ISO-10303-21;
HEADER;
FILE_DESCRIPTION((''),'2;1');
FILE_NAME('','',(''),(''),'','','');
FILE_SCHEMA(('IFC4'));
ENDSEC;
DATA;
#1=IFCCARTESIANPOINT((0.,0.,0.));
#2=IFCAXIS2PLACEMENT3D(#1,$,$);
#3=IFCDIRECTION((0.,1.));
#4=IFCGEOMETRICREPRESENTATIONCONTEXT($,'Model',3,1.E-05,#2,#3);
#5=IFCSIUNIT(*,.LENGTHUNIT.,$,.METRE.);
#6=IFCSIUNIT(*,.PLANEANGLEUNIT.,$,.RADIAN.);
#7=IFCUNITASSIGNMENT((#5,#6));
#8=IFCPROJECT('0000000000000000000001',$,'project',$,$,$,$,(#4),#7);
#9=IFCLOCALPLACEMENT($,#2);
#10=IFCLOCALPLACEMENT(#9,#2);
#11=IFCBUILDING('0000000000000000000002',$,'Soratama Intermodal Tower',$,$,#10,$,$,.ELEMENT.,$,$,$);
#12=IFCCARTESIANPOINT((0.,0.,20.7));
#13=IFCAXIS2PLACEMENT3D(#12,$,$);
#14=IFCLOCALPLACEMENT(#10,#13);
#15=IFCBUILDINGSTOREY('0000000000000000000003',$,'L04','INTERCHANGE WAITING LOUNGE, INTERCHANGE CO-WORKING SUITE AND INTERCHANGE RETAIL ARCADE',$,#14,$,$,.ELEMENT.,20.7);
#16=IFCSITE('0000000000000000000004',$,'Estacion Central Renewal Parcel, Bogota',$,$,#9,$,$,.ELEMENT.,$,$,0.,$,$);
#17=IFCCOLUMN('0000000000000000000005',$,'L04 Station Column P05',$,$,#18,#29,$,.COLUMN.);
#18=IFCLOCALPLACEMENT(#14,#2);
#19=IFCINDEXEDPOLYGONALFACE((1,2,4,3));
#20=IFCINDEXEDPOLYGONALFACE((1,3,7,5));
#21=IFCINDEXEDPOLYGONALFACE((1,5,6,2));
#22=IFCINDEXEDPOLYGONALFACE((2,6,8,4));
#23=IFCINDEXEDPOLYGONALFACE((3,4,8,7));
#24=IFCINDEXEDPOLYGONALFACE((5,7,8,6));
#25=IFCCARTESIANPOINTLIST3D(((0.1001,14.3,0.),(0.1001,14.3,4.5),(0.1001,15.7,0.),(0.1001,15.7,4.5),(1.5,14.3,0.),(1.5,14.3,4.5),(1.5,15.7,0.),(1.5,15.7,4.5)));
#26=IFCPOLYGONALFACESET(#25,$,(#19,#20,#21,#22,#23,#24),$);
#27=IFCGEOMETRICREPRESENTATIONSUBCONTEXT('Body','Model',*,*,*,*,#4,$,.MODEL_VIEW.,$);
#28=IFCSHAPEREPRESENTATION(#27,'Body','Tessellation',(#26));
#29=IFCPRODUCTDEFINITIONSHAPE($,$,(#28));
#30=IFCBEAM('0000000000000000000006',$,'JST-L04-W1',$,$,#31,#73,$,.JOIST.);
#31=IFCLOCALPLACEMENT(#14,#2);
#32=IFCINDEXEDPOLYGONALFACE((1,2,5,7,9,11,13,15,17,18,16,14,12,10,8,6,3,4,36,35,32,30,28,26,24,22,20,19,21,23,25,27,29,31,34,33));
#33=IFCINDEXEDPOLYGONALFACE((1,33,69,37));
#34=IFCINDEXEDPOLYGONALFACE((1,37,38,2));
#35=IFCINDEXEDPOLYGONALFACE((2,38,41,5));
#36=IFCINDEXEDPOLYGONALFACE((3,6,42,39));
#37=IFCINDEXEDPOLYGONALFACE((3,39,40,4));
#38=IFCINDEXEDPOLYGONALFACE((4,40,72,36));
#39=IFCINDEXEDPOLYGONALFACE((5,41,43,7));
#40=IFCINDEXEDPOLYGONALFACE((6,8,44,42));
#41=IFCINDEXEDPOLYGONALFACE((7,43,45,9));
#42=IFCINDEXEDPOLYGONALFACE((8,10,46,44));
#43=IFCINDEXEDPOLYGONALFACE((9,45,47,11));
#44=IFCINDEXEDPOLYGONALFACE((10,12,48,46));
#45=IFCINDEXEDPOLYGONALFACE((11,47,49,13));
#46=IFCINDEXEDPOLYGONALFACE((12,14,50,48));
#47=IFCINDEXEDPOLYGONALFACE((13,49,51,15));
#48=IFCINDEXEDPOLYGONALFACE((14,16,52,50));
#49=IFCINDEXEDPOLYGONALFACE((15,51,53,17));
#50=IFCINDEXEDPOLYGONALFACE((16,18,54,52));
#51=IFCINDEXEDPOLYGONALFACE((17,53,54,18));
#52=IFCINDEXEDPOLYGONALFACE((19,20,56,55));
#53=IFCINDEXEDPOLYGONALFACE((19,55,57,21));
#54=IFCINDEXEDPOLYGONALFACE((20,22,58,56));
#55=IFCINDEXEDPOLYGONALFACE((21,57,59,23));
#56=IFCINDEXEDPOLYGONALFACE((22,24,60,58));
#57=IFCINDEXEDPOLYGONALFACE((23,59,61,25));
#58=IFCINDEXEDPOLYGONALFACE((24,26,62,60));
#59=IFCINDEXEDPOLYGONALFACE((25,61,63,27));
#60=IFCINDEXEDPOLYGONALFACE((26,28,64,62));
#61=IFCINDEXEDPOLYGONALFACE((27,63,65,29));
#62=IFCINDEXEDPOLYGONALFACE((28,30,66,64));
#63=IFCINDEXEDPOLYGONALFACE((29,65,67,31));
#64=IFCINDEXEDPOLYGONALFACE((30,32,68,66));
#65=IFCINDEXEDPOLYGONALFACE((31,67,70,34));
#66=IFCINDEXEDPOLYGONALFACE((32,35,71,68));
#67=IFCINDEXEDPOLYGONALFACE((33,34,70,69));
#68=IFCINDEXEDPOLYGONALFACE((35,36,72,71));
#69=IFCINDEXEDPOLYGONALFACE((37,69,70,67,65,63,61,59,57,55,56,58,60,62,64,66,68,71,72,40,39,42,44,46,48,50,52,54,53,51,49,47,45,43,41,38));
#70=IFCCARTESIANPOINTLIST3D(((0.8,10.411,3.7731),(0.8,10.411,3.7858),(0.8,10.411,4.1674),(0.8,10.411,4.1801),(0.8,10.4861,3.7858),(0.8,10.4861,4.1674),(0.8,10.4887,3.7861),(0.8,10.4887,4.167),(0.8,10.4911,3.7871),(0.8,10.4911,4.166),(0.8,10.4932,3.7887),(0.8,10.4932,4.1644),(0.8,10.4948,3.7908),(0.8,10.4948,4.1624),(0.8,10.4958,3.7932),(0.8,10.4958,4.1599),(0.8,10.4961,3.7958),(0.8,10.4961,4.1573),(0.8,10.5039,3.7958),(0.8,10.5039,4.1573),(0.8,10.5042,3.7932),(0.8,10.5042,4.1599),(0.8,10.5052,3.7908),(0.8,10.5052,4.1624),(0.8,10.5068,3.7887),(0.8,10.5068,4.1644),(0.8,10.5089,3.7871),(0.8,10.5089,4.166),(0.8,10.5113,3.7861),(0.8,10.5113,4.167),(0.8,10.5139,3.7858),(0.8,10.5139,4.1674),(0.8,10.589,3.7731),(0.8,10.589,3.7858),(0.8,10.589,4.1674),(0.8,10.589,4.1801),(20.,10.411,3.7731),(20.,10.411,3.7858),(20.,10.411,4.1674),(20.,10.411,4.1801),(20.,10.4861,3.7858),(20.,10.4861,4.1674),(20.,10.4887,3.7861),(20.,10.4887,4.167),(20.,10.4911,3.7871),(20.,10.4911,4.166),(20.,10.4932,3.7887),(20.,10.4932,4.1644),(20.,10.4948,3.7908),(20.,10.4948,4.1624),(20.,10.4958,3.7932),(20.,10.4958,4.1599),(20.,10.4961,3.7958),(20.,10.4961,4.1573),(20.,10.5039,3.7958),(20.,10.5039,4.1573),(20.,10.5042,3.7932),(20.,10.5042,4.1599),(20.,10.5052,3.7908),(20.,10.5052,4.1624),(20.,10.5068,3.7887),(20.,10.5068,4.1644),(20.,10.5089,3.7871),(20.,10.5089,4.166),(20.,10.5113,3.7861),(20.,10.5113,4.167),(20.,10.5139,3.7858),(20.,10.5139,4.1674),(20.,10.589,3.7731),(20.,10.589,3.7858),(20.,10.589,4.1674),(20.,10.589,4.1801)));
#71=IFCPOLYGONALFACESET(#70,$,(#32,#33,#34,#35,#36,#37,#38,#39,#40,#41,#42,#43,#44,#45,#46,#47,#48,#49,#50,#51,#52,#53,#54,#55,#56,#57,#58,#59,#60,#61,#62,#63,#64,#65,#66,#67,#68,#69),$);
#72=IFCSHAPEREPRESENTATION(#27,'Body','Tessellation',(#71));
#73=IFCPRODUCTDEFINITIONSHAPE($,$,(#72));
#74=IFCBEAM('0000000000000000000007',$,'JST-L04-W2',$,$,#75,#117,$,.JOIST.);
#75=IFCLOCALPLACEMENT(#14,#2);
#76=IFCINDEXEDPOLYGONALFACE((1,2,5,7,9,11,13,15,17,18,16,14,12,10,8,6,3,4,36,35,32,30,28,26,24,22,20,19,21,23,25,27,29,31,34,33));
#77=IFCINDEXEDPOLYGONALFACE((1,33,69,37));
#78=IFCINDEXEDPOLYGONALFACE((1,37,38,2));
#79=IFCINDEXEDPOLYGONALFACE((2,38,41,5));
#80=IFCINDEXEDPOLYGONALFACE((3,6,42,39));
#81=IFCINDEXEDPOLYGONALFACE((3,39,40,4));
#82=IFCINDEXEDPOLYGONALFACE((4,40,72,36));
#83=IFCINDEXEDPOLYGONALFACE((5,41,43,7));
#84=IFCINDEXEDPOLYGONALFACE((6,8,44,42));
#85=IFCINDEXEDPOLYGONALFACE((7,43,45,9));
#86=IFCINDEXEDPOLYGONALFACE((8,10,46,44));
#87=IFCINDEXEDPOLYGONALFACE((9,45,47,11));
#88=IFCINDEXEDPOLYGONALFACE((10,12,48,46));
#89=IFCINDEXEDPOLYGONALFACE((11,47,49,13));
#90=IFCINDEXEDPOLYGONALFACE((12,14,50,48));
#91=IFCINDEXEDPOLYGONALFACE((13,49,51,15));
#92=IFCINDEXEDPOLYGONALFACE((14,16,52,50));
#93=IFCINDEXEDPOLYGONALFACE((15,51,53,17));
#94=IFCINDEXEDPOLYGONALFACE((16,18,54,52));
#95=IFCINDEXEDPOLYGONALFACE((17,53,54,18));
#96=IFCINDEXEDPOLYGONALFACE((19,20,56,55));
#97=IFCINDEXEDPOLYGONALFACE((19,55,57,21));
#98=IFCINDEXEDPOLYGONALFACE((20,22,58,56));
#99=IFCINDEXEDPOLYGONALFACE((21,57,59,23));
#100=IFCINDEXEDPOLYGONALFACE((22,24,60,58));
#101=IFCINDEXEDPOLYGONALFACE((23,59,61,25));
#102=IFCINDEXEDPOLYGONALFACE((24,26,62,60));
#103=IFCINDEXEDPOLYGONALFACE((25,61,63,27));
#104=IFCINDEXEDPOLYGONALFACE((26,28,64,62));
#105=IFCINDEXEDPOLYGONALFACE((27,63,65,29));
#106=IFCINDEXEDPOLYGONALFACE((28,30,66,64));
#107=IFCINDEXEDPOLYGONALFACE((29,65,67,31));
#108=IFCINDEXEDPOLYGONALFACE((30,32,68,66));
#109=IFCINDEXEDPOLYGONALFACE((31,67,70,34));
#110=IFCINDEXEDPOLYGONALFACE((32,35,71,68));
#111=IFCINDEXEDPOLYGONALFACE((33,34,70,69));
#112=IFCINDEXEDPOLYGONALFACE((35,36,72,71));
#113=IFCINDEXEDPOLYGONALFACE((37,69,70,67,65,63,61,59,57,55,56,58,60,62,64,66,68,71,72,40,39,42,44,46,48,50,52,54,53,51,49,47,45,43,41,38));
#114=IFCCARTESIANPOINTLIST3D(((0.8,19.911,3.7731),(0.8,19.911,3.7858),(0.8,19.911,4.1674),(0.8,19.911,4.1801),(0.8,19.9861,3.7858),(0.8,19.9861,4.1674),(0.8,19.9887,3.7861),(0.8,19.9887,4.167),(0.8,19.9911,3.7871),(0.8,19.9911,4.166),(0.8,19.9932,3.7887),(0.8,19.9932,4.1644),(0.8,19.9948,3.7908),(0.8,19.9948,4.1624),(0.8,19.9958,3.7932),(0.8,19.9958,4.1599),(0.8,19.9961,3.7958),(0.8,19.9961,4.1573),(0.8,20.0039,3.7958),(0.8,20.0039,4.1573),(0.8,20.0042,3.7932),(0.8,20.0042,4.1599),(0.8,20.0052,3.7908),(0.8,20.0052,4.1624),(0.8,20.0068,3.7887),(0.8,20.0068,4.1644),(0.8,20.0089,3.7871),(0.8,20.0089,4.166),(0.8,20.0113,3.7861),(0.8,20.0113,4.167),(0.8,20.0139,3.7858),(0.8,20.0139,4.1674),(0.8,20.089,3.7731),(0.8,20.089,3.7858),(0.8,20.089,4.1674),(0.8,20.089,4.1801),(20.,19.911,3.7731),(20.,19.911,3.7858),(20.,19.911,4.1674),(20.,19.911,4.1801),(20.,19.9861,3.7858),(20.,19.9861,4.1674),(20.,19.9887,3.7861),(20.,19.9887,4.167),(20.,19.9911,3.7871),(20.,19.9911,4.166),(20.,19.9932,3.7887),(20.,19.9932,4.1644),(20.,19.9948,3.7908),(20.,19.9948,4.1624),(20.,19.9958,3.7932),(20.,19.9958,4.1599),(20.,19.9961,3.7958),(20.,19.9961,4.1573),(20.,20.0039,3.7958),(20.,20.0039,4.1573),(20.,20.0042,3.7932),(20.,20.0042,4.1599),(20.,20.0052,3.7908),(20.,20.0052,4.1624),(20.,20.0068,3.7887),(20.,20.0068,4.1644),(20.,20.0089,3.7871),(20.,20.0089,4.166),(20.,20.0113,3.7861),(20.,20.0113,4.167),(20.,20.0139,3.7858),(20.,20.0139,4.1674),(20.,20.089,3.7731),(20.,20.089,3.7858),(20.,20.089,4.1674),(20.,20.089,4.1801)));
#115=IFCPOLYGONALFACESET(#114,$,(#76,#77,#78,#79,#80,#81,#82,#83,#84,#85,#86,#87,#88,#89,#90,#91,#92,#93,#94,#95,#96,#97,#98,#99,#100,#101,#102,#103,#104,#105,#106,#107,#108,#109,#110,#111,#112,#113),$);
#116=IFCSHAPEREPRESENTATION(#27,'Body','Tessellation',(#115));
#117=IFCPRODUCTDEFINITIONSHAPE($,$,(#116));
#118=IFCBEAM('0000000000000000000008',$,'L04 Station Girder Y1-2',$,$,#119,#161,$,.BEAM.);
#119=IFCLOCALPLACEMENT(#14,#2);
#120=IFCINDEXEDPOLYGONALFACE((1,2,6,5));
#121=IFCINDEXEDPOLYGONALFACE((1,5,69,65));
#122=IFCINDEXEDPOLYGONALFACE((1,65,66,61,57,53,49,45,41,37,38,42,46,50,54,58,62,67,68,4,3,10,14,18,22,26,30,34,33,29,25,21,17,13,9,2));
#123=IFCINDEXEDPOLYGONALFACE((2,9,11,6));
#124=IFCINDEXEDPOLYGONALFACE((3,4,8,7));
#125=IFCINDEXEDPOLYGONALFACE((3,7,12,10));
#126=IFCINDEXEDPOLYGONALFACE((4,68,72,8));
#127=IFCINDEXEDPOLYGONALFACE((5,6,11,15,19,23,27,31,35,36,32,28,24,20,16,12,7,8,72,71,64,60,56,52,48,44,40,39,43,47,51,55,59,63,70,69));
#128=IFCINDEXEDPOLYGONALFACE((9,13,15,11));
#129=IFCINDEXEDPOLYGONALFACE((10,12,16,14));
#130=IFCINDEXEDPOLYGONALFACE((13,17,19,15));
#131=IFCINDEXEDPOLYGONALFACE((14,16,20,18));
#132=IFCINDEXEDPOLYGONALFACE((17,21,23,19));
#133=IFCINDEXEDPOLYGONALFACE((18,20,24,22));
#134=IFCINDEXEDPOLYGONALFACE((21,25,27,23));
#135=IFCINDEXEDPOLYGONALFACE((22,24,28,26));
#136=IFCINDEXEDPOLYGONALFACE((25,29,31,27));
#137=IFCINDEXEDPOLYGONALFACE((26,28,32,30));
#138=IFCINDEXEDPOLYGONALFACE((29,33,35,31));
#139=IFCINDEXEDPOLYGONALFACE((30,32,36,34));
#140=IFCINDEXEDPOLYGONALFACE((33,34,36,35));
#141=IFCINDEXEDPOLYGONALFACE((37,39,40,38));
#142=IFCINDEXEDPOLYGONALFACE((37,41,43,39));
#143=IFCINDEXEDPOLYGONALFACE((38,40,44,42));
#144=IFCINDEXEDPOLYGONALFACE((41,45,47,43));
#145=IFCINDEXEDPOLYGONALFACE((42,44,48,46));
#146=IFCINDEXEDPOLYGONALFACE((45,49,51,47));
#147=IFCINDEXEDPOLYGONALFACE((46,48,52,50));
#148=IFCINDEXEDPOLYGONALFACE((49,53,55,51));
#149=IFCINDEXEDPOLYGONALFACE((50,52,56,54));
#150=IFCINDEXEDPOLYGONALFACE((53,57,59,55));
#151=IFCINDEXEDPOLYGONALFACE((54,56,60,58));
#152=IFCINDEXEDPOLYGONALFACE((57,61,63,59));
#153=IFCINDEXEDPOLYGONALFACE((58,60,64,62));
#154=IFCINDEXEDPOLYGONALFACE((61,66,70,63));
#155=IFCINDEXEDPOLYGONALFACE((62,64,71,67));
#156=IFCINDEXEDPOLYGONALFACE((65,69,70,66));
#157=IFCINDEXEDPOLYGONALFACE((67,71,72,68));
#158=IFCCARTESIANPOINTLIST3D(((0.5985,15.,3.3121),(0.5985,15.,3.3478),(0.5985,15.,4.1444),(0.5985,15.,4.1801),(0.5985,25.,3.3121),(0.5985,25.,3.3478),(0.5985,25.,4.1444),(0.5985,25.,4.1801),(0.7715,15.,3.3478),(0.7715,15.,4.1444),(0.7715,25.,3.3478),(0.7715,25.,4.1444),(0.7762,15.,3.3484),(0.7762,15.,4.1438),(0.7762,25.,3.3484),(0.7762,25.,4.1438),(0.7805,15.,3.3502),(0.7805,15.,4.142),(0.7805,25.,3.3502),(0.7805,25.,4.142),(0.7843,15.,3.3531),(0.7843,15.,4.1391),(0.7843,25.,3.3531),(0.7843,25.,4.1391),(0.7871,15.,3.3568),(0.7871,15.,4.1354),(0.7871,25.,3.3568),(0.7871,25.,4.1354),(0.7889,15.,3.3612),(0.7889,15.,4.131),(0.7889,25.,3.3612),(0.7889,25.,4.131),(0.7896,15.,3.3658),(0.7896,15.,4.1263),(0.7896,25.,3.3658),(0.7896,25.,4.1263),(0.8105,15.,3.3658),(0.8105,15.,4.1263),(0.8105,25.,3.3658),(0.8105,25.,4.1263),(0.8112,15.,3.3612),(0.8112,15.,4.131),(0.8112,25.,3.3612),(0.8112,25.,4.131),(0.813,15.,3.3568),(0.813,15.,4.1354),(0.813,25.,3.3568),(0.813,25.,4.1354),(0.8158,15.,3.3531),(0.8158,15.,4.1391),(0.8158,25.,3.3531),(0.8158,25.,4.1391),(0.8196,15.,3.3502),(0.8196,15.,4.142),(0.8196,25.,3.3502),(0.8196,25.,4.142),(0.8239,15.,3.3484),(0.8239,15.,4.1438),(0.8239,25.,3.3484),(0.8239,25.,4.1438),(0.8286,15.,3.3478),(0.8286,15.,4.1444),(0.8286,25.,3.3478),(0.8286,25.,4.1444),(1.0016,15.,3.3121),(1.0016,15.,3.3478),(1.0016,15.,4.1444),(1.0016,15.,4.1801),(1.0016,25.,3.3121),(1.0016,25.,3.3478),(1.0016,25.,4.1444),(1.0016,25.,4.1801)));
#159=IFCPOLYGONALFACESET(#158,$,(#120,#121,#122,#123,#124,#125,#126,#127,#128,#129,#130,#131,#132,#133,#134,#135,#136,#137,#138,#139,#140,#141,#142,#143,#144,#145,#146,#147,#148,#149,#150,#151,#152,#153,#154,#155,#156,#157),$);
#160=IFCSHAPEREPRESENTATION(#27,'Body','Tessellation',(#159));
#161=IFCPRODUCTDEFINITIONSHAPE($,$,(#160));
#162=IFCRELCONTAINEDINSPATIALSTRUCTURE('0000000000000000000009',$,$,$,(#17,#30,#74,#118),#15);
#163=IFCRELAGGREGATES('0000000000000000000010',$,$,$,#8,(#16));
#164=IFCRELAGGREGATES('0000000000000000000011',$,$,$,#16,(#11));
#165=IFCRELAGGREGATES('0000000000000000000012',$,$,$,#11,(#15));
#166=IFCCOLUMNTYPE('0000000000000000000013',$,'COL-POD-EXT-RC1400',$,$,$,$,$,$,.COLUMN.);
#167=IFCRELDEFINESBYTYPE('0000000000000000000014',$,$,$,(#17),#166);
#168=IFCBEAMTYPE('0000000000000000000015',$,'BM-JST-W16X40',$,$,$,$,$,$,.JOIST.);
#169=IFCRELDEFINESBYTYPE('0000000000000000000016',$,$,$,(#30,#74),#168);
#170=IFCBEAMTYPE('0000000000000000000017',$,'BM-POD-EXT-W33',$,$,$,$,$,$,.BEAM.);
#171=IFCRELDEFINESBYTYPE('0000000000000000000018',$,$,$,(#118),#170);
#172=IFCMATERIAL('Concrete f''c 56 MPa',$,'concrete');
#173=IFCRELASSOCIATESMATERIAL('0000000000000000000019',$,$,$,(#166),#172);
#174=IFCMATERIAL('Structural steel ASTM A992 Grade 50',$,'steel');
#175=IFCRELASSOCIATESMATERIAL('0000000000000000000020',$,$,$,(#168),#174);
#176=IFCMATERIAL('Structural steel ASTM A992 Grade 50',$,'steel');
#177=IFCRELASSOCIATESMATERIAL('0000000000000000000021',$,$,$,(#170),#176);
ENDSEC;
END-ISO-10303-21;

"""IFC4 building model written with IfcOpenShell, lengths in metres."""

from ifc_helpers import new_model, si_unit, direction, frame, origin, origin_2d, place, context, subcontext, project, spatial, rectangle, i_section, extrude, material, material_profile, profile_set, type_object, element, save


model = new_model("IFC4")

# Units and contexts
model_context = context("Model", 3, precision=1e-05, world=origin(), true_north=direction((0.0, 1.0)))
body_context = subcontext(model_context, "Body", "Model", "MODEL_VIEW")
ifc_project = project(units=[si_unit("LENGTHUNIT", "METRE"), si_unit("PLANEANGLEUNIT", "RADIAN")], contexts=[model_context])

# Site, building, storey
site_placement = place(None, origin())
site = spatial("IfcSite", under=ifc_project, at=site_placement, Name="Estacion Central Renewal Parcel, Bogota", CompositionType="ELEMENT", RefElevation=0.0)
building_placement = place(site_placement, origin())
building = spatial("IfcBuilding", under=site, at=building_placement, Name="Soratama Intermodal Tower", CompositionType="ELEMENT")
storey_placement = place(building_placement, frame((0.0, 0.0, 20.7)))
storey = spatial("IfcBuildingStorey", under=building, at=storey_placement, Name="L04", Description="INTERCHANGE WAITING LOUNGE, INTERCHANGE CO-WORKING SUITE AND INTERCHANGE RETAIL ARCADE", CompositionType="ELEMENT", Elevation=20.7)

# Column
ifc_material_1 = material(Name="Concrete f'c 56 MPa", Category="concrete")
ifc_material_profile_1 = material_profile(ifc_material_1, rectangle(XDim=1.3999, YDim=1.3999, at=origin_2d()), Name="RC1400X1400")
ifc_profile_set_1 = profile_set([ifc_material_profile_1], Name="Concrete f'c 56 MPa")
column_type = type_object("IfcColumnType", Name="COL-POD-EXT-RC1400", PredefinedType="COLUMN", material=ifc_profile_set_1)
column_placement = place(storey_placement, frame((0.8, 15.0, 0.0), z_axis=(0.0, 0.0, 1.0), x_axis=(1.0, 0.0, 0.0)))
element("IfcColumn", 1, at=column_placement, inside=storey, type_object=column_type, Name="L04 Station Column P05", PredefinedType="COLUMN", context=body_context, shape_type="SweptSolid", body=[
    extrude(rectangle(XDim=1.3999, YDim=1.3999, at=origin_2d()), origin(), (0.0, 0.0, 1.0), 4.5),
])

# Beams
ifc_material_2 = material(Name="Structural steel ASTM A992 Grade 50", Category="steel")
ifc_material_profile_2 = material_profile(ifc_material_2, i_section(OverallWidth=0.178, OverallDepth=0.407, WebThickness=0.0078, FlangeThickness=0.0127, FilletRadius=0.01, at=origin_2d()), Name="W16X40")
ifc_profile_set_2 = profile_set([ifc_material_profile_2], Name="Structural steel ASTM A992 Grade 50")
beam_type_1 = type_object("IfcBeamType", Name="BM-JST-W16X40", PredefinedType="JOIST", material=ifc_profile_set_2)
for number, where, z_axis, x_axis, name in (
    (2, (0.8, 10.5, 3.9766), (1.0, 0.0, 0.0), (0.0, 1.0, 0.0), "JST-L04-W1"),
    (3, (0.8, 20.0, 3.9766), (1.0, 0.0, 0.0), (0.0, 1.0, 0.0), "JST-L04-W2"),
):
    element("IfcBeam", number, at=place(storey_placement, frame(where, z_axis=z_axis, x_axis=x_axis)), inside=storey, type_object=beam_type_1, Name=name, PredefinedType="JOIST", context=body_context, shape_type="SweptSolid", body=[
        extrude(i_section(OverallWidth=0.178, OverallDepth=0.407, WebThickness=0.0078, FlangeThickness=0.0127, FilletRadius=0.01, at=origin_2d()), origin(), (0.0, 0.0, 1.0), 19.2),
    ])
ifc_material_3 = material(Name="Structural steel ASTM A992 Grade 50", Category="steel")
ifc_material_profile_3 = material_profile(ifc_material_3, i_section(OverallWidth=0.4031, OverallDepth=0.8679, WebThickness=0.021, FlangeThickness=0.0356, FilletRadius=0.0181, at=origin_2d()), Name="W33X241")
ifc_profile_set_3 = profile_set([ifc_material_profile_3], Name="Structural steel ASTM A992 Grade 50")
beam_type_2 = type_object("IfcBeamType", Name="BM-POD-EXT-W33", PredefinedType="BEAM", material=ifc_profile_set_3)
beam_1_placement = place(storey_placement, frame((0.8, 15.0, 3.7461), z_axis=(0.0, 1.0, 0.0), x_axis=(-1.0, 0.0, 0.0)))
element("IfcBeam", 4, at=beam_1_placement, inside=storey, type_object=beam_type_2, Name="L04 Station Girder Y1-2", PredefinedType="BEAM", context=body_context, shape_type="SweptSolid", body=[
    extrude(i_section(OverallWidth=0.4031, OverallDepth=0.8679, WebThickness=0.021, FlangeThickness=0.0356, FilletRadius=0.0181, at=origin_2d()), origin(), (0.0, 0.0, 1.0), 10.0),
])

save(model, "model.ifc")
